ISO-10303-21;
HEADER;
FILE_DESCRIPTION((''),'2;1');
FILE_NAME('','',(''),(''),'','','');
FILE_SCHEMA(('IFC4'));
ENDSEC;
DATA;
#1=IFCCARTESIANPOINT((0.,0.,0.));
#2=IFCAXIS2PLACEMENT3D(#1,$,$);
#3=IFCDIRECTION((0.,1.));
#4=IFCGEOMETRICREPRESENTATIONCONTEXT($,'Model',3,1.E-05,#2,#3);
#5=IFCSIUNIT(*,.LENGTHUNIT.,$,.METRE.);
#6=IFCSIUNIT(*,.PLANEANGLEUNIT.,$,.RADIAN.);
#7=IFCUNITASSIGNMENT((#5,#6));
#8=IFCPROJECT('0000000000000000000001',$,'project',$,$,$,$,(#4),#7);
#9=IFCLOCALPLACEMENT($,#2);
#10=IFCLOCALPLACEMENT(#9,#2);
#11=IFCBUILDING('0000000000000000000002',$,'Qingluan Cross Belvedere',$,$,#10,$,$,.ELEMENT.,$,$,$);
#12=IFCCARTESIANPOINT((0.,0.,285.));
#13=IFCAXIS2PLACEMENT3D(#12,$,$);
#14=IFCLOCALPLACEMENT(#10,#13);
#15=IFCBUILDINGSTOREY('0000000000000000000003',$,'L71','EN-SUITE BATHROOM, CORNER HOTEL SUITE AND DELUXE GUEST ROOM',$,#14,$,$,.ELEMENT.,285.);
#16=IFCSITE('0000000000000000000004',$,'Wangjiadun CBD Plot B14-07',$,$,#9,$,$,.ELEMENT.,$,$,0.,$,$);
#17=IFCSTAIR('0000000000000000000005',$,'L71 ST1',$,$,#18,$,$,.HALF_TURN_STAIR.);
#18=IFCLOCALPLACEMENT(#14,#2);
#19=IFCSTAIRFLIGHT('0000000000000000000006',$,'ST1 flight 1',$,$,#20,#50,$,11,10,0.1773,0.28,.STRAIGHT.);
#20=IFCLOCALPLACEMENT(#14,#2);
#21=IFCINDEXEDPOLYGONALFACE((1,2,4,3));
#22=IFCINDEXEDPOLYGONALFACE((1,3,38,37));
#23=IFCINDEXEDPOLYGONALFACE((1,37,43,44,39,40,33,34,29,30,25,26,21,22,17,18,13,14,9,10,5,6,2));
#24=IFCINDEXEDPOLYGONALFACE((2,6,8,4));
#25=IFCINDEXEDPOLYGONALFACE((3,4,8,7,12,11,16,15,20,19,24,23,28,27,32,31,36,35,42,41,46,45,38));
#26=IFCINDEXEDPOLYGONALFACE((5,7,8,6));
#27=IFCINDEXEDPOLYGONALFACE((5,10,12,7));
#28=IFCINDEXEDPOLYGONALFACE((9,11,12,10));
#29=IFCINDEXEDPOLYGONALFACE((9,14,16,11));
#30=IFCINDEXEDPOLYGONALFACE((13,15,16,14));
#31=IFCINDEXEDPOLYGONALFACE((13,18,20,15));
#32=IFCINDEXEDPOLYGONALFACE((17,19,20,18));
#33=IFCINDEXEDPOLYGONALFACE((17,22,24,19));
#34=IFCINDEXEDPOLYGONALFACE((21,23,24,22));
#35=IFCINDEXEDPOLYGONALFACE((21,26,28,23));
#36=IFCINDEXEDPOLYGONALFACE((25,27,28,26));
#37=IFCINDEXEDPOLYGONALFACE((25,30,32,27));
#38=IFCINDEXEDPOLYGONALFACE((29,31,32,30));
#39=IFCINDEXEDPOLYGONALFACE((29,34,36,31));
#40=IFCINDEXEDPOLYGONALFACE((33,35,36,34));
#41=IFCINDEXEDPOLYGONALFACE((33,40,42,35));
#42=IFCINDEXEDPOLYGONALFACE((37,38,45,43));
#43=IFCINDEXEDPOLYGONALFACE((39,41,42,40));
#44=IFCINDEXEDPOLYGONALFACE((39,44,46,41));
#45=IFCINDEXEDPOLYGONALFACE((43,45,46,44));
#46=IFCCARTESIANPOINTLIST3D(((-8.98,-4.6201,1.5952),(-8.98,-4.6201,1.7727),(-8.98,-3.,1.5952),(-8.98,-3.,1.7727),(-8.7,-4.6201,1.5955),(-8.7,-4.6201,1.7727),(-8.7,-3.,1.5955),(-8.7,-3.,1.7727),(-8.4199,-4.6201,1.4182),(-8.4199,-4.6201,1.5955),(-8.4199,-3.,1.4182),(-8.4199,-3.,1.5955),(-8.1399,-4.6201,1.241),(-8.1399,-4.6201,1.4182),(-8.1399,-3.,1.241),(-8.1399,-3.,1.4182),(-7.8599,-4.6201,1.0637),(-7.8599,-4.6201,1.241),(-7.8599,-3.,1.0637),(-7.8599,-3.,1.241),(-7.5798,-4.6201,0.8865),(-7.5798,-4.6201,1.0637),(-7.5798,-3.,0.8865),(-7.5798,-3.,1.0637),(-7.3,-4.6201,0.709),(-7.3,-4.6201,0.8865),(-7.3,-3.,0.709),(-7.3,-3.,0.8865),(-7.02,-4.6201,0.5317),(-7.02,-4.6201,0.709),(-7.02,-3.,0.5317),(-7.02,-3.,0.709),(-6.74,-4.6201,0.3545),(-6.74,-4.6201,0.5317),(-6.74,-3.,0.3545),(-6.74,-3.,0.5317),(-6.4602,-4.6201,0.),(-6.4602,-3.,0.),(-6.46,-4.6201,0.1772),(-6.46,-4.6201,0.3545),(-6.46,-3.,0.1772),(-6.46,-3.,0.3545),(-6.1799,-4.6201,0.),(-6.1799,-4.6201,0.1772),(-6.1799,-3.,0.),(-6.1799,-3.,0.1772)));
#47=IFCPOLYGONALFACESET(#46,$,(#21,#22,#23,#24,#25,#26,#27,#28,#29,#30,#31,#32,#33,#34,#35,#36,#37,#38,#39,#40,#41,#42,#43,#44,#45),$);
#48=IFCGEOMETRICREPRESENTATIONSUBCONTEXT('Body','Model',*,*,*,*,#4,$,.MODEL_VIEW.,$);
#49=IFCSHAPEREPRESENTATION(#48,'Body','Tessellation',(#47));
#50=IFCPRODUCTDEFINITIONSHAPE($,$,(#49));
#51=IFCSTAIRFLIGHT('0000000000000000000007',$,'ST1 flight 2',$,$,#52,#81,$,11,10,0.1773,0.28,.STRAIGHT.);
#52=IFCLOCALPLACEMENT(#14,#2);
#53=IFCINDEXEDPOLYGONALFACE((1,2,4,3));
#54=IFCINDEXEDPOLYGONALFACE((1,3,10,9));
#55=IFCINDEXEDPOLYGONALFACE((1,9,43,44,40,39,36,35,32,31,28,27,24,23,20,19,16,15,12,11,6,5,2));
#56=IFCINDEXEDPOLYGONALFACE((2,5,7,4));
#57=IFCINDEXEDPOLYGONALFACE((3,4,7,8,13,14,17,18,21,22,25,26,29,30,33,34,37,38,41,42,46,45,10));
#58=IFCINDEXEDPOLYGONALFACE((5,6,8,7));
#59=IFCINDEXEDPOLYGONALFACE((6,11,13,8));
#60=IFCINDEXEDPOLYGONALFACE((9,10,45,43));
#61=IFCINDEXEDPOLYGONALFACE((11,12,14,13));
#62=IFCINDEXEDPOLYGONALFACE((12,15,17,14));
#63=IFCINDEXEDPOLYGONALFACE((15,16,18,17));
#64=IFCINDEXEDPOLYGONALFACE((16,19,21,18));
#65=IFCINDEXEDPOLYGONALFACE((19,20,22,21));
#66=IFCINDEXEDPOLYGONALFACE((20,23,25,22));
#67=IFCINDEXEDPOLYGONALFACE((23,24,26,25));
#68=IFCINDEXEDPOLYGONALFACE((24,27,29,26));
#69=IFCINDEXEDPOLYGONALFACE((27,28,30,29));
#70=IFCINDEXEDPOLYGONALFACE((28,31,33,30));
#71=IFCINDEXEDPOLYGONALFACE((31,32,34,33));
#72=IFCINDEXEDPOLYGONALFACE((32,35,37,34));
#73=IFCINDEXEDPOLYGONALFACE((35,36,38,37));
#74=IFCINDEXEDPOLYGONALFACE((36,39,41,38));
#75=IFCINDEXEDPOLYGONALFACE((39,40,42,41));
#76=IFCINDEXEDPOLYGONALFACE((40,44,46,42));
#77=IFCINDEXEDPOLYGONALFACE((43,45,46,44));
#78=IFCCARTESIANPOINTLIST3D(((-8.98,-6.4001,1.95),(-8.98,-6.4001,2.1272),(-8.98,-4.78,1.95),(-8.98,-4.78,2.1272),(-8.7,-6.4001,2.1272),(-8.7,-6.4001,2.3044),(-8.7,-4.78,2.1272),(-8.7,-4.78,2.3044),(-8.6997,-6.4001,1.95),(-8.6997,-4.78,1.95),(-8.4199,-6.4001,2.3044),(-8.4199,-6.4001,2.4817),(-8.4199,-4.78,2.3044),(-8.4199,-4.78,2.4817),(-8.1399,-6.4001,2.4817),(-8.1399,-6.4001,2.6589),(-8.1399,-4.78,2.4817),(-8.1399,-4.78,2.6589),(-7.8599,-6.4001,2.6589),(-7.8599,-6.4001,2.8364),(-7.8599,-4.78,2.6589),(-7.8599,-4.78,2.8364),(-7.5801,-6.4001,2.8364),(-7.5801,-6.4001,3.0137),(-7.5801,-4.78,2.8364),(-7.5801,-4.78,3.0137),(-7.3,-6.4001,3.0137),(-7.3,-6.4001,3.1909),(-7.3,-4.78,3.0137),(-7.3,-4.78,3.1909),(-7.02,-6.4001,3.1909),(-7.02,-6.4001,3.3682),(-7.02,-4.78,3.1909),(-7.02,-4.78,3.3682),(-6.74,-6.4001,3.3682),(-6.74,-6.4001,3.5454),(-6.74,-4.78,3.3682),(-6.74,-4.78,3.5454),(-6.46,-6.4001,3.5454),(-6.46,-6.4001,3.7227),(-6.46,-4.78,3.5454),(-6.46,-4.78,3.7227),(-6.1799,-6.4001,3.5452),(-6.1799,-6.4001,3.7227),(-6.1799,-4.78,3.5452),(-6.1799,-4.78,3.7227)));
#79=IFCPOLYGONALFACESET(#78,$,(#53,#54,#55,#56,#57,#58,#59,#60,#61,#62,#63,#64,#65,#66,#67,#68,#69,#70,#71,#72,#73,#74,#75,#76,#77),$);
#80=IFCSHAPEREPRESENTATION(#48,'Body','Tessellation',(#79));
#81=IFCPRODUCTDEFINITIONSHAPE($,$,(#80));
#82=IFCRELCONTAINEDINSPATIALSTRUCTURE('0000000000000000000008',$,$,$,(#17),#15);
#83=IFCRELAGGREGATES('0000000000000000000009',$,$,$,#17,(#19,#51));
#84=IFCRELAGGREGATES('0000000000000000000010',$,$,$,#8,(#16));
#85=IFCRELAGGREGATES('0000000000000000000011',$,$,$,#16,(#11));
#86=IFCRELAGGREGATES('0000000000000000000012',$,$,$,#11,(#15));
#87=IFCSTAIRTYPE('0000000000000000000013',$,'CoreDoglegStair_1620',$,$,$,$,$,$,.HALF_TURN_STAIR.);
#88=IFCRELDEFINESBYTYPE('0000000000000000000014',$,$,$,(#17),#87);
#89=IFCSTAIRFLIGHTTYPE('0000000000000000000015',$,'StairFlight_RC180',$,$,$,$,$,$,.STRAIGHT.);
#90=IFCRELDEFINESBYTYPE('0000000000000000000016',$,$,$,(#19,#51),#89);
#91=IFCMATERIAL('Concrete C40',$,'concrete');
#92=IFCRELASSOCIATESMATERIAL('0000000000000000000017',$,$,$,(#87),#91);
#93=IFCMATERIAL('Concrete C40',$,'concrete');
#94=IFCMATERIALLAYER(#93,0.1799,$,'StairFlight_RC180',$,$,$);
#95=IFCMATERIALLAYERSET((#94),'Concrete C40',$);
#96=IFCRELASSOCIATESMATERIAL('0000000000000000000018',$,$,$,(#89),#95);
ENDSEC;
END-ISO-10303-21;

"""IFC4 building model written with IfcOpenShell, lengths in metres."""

from ifc_helpers import new_model, si_unit, direction, frame, origin, place, context, subcontext, project, spatial, polyline, outline, extrude, material, layer, layer_set, type_object, element, aggregate, save


model = new_model("IFC4")

# Units and contexts
model_context = context("Model", 3, precision=1e-05, world=origin(), true_north=direction((0.0, 1.0)))
body_context = subcontext(model_context, "Body", "Model", "MODEL_VIEW")
ifc_project = project(units=[si_unit("LENGTHUNIT", "METRE"), si_unit("PLANEANGLEUNIT", "RADIAN")], contexts=[model_context])

# Site, building, storey
site_placement = place(None, origin())
site = spatial("IfcSite", under=ifc_project, at=site_placement, Name="Wangjiadun CBD Plot B14-07", CompositionType="ELEMENT", RefElevation=0.0)
building_placement = place(site_placement, origin())
building = spatial("IfcBuilding", under=site, at=building_placement, Name="Qingluan Cross Belvedere", CompositionType="ELEMENT")
storey_placement = place(building_placement, frame((0.0, 0.0, 285.0)))
storey = spatial("IfcBuildingStorey", under=building, at=storey_placement, Name="L71", Description="EN-SUITE BATHROOM, CORNER HOTEL SUITE AND DELUXE GUEST ROOM", CompositionType="ELEMENT", Elevation=285.0)

# Stair, stair flights
ifc_material_1 = material(Name="Concrete C40", Category="concrete")
stair_type = type_object("IfcStairType", Name="CoreDoglegStair_1620", PredefinedType="HALF_TURN_STAIR", material=ifc_material_1)
stair_placement = place(storey_placement, origin())
stair = element("IfcStair", 1, at=stair_placement, inside=storey, type_object=stair_type, Name="L71 ST1", PredefinedType="HALF_TURN_STAIR")
ifc_material_2 = material(Name="Concrete C40", Category="concrete")
ifc_layer_1 = layer(ifc_material_2, 0.1799, Name="StairFlight_RC180")
ifc_layer_set_1 = layer_set([ifc_layer_1], Name="Concrete C40")
stair_flight_type = type_object("IfcStairFlightType", Name="StairFlight_RC180", PredefinedType="STRAIGHT", material=ifc_layer_set_1)
stair_flight_1_placement = place(storey_placement, frame((-6.1799, -3.8101, 0.0), z_axis=(0.0, 0.0, 1.0), x_axis=(-1.0, 0.0, 0.0)))
stair_flight_1 = element("IfcStairFlight", 2, at=stair_flight_1_placement, type_object=stair_flight_type, Name="ST1 flight 1", NumberOfRisers=11, NumberOfTreads=10, PredefinedType="STRAIGHT", RiserHeight=0.1773, TreadLength=0.28, context=body_context, shape_type="SweptSolid", body=[
    extrude(outline(polyline([(0.0, 0.0), (0.0, 0.1772), (0.28, 0.1772), (0.28, 0.3545), (0.5601, 0.3545), (0.5601, 0.5317), (0.8401, 0.5317), (0.8401, 0.709), (1.1201, 0.709), (1.1201, 0.8865), (1.3999, 0.8865), (1.3999, 1.0637), (1.6799, 1.0637), (1.6799, 1.241), (1.96, 1.241), (1.96, 1.4182), (2.24, 1.4182), (2.24, 1.5955), (2.52, 1.5955), (2.52, 1.7727), (2.8, 1.7727), (2.8, 1.95), (2.8, 1.5952), (0.2803, 0.0), (0.0, 0.0)])), frame((0.0, 0.8101, 0.0), z_axis=(0.0, -1.0, 0.0), x_axis=(1.0, 0.0, 0.0)), (0.0, 0.0, 1.0), 1.6201),
])
stair_flight_2_placement = place(storey_placement, frame((-8.98, -5.5901, 1.95), z_axis=(0.0, 0.0, 1.0), x_axis=(1.0, 0.0, 0.0)))
stair_flight_2 = element("IfcStairFlight", 3, at=stair_flight_2_placement, type_object=stair_flight_type, Name="ST1 flight 2", NumberOfRisers=11, NumberOfTreads=10, PredefinedType="STRAIGHT", RiserHeight=0.1773, TreadLength=0.28, context=body_context, shape_type="SweptSolid", body=[
    extrude(outline(polyline([(0.0, 0.0), (0.0, 0.1772), (0.28, 0.1772), (0.28, 0.3545), (0.5601, 0.3545), (0.5601, 0.5317), (0.8401, 0.5317), (0.8401, 0.709), (1.1201, 0.709), (1.1201, 0.8865), (1.3999, 0.8865), (1.3999, 1.0637), (1.6799, 1.0637), (1.6799, 1.241), (1.96, 1.241), (1.96, 1.4182), (2.24, 1.4182), (2.24, 1.5955), (2.52, 1.5955), (2.52, 1.7727), (2.8, 1.7727), (2.8, 1.95), (2.8, 1.5952), (0.2803, 0.0), (0.0, 0.0)])), frame((0.0, 0.8101, 0.0), z_axis=(0.0, -1.0, 0.0), x_axis=(1.0, 0.0, 0.0)), (0.0, 0.0, 1.0), 1.6201),
])
aggregate(stair, [stair_flight_1, stair_flight_2])

save(model, "model.ifc")
